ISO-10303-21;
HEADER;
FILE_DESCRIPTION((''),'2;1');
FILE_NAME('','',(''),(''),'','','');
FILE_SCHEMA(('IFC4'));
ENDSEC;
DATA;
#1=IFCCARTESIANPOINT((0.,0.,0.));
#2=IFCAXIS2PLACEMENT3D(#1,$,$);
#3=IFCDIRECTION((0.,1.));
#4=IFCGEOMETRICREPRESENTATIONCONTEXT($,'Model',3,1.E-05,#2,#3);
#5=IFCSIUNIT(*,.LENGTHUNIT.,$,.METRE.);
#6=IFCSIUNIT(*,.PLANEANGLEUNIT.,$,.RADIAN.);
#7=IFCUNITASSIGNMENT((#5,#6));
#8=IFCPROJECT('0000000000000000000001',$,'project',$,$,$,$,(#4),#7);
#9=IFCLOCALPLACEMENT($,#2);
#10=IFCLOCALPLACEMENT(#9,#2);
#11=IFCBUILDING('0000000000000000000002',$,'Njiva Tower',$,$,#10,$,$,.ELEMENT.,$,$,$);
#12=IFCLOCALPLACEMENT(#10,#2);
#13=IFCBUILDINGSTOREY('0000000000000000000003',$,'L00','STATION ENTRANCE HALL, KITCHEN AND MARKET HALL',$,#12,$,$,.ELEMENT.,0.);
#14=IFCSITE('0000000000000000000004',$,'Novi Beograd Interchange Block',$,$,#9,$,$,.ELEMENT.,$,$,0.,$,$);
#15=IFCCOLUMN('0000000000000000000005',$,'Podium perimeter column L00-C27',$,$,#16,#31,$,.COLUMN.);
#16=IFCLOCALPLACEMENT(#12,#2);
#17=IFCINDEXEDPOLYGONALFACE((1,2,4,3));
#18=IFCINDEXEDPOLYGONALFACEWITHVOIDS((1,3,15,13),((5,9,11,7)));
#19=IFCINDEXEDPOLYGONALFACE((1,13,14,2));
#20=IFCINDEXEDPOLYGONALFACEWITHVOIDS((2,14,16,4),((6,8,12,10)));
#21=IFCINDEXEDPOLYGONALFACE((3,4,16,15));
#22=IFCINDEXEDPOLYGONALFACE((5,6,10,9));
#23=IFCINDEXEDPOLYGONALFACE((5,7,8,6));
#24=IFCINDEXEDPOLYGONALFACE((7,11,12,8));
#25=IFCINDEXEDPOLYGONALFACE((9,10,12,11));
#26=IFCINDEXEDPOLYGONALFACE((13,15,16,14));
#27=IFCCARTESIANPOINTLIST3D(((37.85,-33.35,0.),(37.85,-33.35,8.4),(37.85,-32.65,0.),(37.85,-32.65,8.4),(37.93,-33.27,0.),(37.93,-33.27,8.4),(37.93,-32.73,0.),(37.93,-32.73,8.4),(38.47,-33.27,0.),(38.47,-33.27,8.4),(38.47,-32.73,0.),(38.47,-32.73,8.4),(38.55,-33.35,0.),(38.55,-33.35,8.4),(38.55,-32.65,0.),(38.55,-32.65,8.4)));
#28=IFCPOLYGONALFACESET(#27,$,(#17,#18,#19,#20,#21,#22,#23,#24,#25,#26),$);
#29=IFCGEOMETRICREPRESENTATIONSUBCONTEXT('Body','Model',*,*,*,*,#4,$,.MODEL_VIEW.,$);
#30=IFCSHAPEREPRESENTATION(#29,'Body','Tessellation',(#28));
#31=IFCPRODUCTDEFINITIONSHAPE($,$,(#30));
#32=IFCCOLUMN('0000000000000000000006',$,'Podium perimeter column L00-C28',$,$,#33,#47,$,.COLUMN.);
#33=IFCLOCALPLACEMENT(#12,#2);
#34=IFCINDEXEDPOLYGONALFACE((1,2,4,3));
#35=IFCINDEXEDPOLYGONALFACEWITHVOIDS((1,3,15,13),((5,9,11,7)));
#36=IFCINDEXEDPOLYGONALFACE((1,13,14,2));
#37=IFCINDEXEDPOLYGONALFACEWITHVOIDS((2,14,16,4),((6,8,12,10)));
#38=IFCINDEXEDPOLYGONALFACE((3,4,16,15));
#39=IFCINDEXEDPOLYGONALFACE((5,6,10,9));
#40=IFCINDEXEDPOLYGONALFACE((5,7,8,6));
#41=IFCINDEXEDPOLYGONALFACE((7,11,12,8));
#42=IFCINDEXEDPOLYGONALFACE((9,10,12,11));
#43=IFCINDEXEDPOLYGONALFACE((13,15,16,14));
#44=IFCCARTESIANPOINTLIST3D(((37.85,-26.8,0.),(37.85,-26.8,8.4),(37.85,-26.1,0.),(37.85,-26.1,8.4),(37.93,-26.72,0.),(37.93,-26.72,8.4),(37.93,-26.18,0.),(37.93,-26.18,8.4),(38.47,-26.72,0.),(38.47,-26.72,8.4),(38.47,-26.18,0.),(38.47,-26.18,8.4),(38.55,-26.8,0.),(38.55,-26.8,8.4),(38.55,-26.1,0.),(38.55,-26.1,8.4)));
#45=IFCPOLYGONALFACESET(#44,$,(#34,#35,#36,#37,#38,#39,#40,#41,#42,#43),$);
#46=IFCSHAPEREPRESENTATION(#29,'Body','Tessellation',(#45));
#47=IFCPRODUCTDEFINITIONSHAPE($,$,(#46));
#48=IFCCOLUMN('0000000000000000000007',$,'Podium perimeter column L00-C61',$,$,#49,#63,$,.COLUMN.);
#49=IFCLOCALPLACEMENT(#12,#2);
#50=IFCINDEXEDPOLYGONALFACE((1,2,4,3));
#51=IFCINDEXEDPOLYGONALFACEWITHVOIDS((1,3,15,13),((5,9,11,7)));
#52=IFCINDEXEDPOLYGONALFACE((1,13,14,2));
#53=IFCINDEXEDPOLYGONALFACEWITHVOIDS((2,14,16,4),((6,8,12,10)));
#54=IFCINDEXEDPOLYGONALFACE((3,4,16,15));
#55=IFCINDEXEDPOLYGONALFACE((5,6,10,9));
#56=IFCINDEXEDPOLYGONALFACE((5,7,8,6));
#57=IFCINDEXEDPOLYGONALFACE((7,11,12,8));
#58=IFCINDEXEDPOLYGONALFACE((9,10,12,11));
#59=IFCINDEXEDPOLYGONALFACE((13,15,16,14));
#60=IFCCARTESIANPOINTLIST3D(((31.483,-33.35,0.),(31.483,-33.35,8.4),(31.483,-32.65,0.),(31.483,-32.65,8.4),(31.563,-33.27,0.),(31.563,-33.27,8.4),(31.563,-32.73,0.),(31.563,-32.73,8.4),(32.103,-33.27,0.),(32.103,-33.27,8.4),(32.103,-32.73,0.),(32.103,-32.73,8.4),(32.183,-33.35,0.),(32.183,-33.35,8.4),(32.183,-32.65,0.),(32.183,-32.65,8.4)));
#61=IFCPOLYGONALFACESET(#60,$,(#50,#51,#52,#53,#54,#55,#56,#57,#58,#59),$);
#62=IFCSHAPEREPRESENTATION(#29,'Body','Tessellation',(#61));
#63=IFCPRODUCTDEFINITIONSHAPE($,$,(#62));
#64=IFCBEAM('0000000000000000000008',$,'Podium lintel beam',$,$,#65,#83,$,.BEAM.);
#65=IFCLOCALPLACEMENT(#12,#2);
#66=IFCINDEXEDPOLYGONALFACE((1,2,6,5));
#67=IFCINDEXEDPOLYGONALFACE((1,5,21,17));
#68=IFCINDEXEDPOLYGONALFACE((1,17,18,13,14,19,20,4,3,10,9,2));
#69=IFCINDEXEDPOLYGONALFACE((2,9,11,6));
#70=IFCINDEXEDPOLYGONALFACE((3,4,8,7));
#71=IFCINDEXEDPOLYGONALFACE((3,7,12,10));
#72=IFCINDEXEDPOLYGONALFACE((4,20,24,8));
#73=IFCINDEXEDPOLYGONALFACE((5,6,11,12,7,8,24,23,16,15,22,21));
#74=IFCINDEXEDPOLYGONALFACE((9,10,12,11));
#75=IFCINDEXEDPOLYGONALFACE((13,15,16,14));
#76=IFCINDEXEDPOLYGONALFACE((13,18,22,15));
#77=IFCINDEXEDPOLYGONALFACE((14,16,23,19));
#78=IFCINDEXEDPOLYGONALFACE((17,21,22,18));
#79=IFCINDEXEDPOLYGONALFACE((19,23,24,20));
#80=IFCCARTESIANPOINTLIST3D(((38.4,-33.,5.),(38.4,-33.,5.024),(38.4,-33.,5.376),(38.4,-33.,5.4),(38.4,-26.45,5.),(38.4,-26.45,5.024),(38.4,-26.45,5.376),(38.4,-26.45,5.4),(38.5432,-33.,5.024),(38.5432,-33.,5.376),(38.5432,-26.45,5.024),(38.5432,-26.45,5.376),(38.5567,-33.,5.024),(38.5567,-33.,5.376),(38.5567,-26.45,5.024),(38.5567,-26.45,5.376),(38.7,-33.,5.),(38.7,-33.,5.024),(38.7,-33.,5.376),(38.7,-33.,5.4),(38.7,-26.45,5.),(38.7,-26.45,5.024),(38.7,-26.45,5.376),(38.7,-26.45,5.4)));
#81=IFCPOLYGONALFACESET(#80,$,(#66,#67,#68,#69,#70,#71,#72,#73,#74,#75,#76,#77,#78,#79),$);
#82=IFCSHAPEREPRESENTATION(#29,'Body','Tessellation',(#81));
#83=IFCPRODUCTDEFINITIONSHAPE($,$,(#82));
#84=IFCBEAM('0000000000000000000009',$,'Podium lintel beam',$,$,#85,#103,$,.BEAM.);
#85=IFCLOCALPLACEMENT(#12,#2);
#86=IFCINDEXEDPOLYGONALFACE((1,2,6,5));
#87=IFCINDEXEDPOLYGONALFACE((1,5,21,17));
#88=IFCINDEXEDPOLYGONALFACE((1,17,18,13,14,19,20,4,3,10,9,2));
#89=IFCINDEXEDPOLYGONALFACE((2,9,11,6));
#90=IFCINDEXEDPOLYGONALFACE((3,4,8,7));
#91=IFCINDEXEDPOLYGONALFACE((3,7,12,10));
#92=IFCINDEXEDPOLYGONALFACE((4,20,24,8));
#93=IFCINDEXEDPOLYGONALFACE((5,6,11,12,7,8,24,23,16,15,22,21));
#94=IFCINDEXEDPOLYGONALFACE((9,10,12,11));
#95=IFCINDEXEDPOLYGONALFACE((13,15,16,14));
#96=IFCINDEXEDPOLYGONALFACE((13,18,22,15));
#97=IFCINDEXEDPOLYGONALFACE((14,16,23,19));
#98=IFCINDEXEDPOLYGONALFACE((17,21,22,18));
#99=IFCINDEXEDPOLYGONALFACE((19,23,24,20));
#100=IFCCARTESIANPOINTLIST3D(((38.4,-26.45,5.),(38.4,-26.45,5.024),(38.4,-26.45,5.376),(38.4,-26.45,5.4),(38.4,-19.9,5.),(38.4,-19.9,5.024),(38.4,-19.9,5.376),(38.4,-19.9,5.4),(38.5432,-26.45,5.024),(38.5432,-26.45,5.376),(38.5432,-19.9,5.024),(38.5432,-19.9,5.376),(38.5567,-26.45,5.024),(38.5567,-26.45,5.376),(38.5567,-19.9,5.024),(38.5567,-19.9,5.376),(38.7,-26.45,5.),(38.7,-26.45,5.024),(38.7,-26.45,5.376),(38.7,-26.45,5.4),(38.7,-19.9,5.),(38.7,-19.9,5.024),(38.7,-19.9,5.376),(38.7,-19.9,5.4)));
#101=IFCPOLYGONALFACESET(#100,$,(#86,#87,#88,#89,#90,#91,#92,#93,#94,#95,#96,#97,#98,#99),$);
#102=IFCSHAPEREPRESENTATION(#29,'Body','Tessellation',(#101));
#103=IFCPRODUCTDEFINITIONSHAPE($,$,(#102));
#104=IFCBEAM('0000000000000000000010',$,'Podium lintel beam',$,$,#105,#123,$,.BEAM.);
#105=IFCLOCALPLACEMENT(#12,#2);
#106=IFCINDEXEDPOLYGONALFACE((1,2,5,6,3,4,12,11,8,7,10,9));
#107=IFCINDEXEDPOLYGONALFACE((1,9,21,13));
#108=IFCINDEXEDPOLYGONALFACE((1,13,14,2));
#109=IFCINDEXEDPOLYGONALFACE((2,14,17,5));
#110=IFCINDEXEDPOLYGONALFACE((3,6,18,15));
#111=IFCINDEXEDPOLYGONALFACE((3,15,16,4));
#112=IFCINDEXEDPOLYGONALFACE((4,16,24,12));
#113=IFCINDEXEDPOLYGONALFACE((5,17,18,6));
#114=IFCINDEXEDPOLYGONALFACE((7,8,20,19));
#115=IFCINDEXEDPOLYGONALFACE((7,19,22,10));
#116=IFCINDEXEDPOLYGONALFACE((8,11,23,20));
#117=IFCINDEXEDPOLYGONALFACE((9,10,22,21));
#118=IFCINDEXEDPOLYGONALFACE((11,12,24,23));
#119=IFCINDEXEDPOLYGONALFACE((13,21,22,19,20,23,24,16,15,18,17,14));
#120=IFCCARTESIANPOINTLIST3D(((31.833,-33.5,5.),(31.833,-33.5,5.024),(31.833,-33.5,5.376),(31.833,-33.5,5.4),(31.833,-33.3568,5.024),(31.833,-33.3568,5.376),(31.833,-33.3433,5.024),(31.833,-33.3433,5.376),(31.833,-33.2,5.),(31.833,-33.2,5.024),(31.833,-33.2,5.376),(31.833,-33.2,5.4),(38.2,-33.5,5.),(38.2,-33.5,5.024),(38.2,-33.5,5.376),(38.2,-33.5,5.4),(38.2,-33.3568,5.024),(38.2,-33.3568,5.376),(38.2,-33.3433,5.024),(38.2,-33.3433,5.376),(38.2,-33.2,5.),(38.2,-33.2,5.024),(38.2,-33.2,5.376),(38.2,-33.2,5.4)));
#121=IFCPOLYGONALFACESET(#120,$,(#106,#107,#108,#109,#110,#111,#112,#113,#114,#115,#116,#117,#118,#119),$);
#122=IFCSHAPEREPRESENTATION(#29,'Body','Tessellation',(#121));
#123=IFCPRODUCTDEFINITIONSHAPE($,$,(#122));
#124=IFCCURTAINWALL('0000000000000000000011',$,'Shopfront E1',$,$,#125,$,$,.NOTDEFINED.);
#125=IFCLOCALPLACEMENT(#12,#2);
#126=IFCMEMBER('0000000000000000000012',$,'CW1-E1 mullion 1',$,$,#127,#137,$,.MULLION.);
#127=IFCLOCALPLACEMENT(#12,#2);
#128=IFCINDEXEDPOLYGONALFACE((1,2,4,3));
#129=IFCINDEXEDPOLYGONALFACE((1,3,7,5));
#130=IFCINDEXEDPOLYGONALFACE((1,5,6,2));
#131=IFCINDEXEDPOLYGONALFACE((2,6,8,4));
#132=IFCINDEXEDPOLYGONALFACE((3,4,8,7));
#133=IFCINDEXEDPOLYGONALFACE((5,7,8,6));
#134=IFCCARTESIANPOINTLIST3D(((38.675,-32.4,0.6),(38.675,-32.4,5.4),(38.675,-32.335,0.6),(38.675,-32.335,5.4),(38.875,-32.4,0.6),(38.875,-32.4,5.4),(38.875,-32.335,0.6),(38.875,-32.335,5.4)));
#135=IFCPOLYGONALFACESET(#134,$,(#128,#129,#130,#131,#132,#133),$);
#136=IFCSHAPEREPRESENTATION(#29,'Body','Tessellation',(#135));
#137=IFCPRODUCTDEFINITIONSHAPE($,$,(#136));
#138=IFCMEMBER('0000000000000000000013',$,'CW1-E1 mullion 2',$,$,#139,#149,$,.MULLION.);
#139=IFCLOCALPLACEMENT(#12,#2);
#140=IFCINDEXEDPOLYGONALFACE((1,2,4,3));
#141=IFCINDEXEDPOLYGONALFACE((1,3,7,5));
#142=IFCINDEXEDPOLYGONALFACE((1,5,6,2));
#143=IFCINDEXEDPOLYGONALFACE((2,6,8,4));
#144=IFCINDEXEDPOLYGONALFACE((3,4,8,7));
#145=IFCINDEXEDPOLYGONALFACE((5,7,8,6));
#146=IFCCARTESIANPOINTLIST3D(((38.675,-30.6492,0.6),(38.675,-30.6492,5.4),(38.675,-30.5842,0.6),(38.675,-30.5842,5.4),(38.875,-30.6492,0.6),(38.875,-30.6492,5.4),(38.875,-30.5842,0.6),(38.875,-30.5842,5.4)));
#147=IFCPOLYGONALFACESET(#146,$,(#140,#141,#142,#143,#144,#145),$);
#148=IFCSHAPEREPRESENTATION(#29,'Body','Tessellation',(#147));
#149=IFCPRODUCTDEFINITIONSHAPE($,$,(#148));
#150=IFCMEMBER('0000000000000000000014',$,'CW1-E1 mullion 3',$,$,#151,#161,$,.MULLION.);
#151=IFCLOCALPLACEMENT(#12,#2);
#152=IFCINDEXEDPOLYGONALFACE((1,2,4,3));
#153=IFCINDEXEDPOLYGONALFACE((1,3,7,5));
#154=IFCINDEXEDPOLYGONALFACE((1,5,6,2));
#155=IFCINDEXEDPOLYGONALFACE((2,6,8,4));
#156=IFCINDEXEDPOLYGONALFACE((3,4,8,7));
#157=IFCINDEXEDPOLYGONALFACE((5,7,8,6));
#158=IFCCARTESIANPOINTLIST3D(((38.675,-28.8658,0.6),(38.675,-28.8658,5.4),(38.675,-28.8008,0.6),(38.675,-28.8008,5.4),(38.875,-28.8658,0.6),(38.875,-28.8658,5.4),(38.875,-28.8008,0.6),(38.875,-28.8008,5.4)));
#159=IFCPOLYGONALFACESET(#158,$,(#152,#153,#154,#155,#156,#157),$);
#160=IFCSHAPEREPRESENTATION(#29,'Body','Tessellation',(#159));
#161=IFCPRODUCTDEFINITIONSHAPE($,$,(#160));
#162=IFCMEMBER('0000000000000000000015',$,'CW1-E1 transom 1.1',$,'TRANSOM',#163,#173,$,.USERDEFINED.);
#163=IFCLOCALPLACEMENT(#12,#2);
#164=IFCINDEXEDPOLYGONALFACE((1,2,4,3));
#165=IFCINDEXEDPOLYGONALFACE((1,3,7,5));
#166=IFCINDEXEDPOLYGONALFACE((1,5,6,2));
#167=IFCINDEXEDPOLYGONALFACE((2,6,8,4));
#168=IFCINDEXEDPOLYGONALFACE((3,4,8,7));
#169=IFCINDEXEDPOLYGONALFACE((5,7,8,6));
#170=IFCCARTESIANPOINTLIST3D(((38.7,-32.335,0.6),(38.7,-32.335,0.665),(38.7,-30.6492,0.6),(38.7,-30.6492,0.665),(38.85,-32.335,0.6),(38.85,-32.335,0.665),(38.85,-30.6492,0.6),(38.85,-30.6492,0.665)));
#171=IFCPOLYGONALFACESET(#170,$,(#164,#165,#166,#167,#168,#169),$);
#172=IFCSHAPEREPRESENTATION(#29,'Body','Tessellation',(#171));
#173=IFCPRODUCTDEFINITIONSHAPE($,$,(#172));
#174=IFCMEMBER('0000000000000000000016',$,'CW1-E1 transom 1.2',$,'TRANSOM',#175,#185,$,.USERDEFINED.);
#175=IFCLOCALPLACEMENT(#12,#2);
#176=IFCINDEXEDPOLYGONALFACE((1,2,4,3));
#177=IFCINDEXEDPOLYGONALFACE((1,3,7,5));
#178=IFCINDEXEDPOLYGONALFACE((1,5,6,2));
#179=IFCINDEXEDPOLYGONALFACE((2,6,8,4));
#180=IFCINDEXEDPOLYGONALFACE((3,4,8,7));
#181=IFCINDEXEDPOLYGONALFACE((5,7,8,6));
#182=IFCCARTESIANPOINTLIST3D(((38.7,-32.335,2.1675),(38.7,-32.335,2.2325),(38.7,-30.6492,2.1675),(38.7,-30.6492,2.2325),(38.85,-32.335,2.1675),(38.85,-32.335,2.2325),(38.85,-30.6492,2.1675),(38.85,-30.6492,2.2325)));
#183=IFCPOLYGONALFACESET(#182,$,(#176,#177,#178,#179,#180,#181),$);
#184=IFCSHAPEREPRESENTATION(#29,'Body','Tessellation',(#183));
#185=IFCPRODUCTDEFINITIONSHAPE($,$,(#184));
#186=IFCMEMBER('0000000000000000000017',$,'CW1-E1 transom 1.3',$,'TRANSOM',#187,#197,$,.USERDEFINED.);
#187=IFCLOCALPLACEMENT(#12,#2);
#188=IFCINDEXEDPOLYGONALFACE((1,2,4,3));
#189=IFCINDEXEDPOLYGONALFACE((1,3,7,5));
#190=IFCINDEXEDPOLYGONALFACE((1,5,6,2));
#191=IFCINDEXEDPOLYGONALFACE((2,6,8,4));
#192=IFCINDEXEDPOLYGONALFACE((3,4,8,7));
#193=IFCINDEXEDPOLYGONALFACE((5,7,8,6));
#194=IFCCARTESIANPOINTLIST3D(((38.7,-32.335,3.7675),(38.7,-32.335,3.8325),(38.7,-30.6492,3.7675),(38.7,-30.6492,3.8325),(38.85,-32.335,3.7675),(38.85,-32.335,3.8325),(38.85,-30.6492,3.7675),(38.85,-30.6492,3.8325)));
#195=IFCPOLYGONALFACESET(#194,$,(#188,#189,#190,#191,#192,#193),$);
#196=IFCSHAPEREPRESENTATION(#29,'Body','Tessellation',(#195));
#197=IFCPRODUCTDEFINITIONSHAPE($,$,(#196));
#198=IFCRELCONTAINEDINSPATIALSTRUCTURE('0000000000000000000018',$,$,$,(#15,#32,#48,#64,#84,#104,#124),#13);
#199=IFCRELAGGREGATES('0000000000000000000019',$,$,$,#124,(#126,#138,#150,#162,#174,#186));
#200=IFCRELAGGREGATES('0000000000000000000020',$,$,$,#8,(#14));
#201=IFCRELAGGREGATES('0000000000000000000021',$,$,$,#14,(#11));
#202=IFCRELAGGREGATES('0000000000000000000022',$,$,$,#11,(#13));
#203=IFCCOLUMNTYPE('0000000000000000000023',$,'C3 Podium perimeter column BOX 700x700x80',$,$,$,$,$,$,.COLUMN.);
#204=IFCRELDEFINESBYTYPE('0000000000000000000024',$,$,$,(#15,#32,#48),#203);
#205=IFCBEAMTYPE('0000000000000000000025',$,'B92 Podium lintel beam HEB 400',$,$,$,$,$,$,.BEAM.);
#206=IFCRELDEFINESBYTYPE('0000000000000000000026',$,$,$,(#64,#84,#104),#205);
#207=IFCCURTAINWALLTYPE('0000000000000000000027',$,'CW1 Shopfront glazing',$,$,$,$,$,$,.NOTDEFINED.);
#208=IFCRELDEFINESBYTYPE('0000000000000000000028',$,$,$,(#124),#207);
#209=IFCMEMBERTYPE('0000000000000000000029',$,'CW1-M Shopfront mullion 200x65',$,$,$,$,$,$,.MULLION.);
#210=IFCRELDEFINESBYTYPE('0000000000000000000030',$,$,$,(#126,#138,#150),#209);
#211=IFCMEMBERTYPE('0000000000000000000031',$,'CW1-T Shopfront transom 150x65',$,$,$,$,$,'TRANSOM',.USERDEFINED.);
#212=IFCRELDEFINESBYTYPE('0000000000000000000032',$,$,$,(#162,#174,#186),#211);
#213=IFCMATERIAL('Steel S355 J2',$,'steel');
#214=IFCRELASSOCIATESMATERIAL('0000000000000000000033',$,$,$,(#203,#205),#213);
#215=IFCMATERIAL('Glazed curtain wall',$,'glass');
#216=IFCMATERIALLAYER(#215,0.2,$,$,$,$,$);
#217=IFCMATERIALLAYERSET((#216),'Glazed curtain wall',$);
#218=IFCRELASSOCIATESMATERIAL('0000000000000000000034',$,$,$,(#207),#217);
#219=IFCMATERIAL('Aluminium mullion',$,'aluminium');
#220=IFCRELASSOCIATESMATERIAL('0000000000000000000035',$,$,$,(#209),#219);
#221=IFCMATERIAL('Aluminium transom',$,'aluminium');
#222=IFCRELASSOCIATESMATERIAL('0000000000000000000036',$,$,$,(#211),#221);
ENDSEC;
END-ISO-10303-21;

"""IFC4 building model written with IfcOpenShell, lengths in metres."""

from ifc_helpers import new_model, si_unit, direction, frame, origin, origin_2d, place, context, subcontext, project, spatial, rectangle, hollow_rectangle, i_section, extrude, material, layer, layer_set, material_profile, profile_set, type_object, element, aggregate, save


model = new_model("IFC4")

# Units and contexts
model_context = context("Model", 3, precision=1e-05, world=origin(), true_north=direction((0.0, 1.0)))
body_context = subcontext(model_context, "Body", "Model", "MODEL_VIEW")
ifc_project = project(units=[si_unit("LENGTHUNIT", "METRE"), si_unit("PLANEANGLEUNIT", "RADIAN")], contexts=[model_context])

# Site, building, storey
site_placement = place(None, origin())
site = spatial("IfcSite", under=ifc_project, at=site_placement, Name="Novi Beograd Interchange Block", CompositionType="ELEMENT", RefElevation=0.0)
building_placement = place(site_placement, origin())
building = spatial("IfcBuilding", under=site, at=building_placement, Name="Njiva Tower", CompositionType="ELEMENT")
storey_placement = place(building_placement, origin())
storey = spatial("IfcBuildingStorey", under=building, at=storey_placement, Name="L00", Description="STATION ENTRANCE HALL, KITCHEN AND MARKET HALL", CompositionType="ELEMENT", Elevation=0.0)

# Columns
ifc_material_1 = material(Name="Steel S355 J2", Category="steel")
ifc_material_profile_1 = material_profile(ifc_material_1, hollow_rectangle(XDim=0.7, YDim=0.7, WallThickness=0.08, at=origin_2d()), Name="BOX 700x700x80")
ifc_profile_set_1 = profile_set([ifc_material_profile_1], Name="Steel S355 J2")
column_type = type_object("IfcColumnType", Name="C3 Podium perimeter column BOX 700x700x80", PredefinedType="COLUMN", material=ifc_profile_set_1)
for number, where, z_axis, x_axis, name in (
    (1, (38.2, -33.0, 0.0), (0.0, 0.0, 1.0), (0.0, 1.0, 0.0), "Podium perimeter column L00-C27"),
    (2, (38.2, -26.45, 0.0), (0.0, 0.0, 1.0), (0.0, 1.0, 0.0), "Podium perimeter column L00-C28"),
    (3, (31.833, -33.0, 0.0), (0.0, 0.0, 1.0), (1.0, 0.0, 0.0), "Podium perimeter column L00-C61"),
):
    element("IfcColumn", number, at=place(storey_placement, frame(where, z_axis=z_axis, x_axis=x_axis)), inside=storey, type_object=column_type, Name=name, PredefinedType="COLUMN", context=body_context, shape_type="SweptSolid", body=[
        extrude(hollow_rectangle(XDim=0.7, YDim=0.7, WallThickness=0.08, at=origin_2d()), origin(), (0.0, 0.0, 1.0), 8.4),
    ])

# Beams
ifc_material_profile_2 = material_profile(ifc_material_1, i_section(OverallWidth=0.3, OverallDepth=0.4, WebThickness=0.0135, FlangeThickness=0.024, at=origin_2d()), Name="HEB400")
ifc_profile_set_2 = profile_set([ifc_material_profile_2], Name="Steel S355 J2")
beam_type = type_object("IfcBeamType", Name="B92 Podium lintel beam HEB 400", PredefinedType="BEAM", material=ifc_profile_set_2)
for number, where, z_axis, x_axis, name in (
    (4, (38.55, -33.0, 5.2), (0.0, 1.0, 0.0), (-1.0, 0.0, 0.0), "Podium lintel beam"),
    (5, (38.55, -26.45, 5.2), (0.0, 1.0, 0.0), (-1.0, 0.0, 0.0), "Podium lintel beam"),
):
    element("IfcBeam", number, at=place(storey_placement, frame(where, z_axis=z_axis, x_axis=x_axis)), inside=storey, type_object=beam_type, Name=name, PredefinedType="BEAM", context=body_context, shape_type="SweptSolid", body=[
        extrude(i_section(OverallWidth=0.3, OverallDepth=0.4, WebThickness=0.0135, FlangeThickness=0.024, at=origin_2d()), origin(), (0.0, 0.0, 1.0), 6.55),
    ])
beam_placement = place(storey_placement, frame((31.833, -33.35, 5.2), z_axis=(1.0, 0.0, 0.0), x_axis=(0.0, 1.0, 0.0)))
element("IfcBeam", 6, at=beam_placement, inside=storey, type_object=beam_type, Name="Podium lintel beam", PredefinedType="BEAM", context=body_context, shape_type="SweptSolid", body=[
    extrude(i_section(OverallWidth=0.3, OverallDepth=0.4, WebThickness=0.0135, FlangeThickness=0.024, at=origin_2d()), origin(), (0.0, 0.0, 1.0), 6.367),
])

# Curtain wall, members
ifc_material_2 = material(Name="Glazed curtain wall", Category="glass")
ifc_layer_1 = layer(ifc_material_2, 0.2)
ifc_layer_set_1 = layer_set([ifc_layer_1], Name="Glazed curtain wall")
curtain_wall_type = type_object("IfcCurtainWallType", Name="CW1 Shopfront glazing", PredefinedType="NOTDEFINED", material=ifc_layer_set_1)
curtain_wall_placement = place(storey_placement, origin())
curtain_wall = element("IfcCurtainWall", 7, at=curtain_wall_placement, inside=storey, type_object=curtain_wall_type, Name="Shopfront E1", PredefinedType="NOTDEFINED")
ifc_material_3 = material(Name="Aluminium mullion", Category="aluminium")
ifc_material_profile_3 = material_profile(ifc_material_3, rectangle(XDim=0.2, YDim=0.065, at=origin_2d()), Name="RECT 200x65")
ifc_profile_set_3 = profile_set([ifc_material_profile_3], Name="Aluminium mullion")
member_type_1 = type_object("IfcMemberType", Name="CW1-M Shopfront mullion 200x65", PredefinedType="MULLION", material=ifc_profile_set_3)
member_1_placement = place(storey_placement, frame((38.775, -32.3675, 0.6), z_axis=(0.0, 0.0, 1.0), x_axis=(-1.0, 0.0, 0.0)))
member_1 = element("IfcMember", 8, at=member_1_placement, type_object=member_type_1, Name="CW1-E1 mullion 1", PredefinedType="MULLION", context=body_context, shape_type="SweptSolid", body=[
    extrude(rectangle(XDim=0.2, YDim=0.065, at=origin_2d()), origin(), (0.0, 0.0, 1.0), 4.8),
])
member_2_placement = place(storey_placement, frame((38.775, -30.6167, 0.6), z_axis=(0.0, 0.0, 1.0), x_axis=(-1.0, 0.0, 0.0)))
member_2 = element("IfcMember", 9, at=member_2_placement, type_object=member_type_1, Name="CW1-E1 mullion 2", PredefinedType="MULLION", context=body_context, shape_type="SweptSolid", body=[
    extrude(rectangle(XDim=0.2, YDim=0.065, at=origin_2d()), origin(), (0.0, 0.0, 1.0), 4.8),
])
member_3_placement = place(storey_placement, frame((38.775, -28.8333, 0.6), z_axis=(0.0, 0.0, 1.0), x_axis=(-1.0, 0.0, 0.0)))
member_3 = element("IfcMember", 10, at=member_3_placement, type_object=member_type_1, Name="CW1-E1 mullion 3", PredefinedType="MULLION", context=body_context, shape_type="SweptSolid", body=[
    extrude(rectangle(XDim=0.2, YDim=0.065, at=origin_2d()), origin(), (0.0, 0.0, 1.0), 4.8),
])
ifc_material_4 = material(Name="Aluminium transom", Category="aluminium")
ifc_material_profile_4 = material_profile(ifc_material_4, rectangle(XDim=0.15, YDim=0.065, at=origin_2d()), Name="RECT 150x65")
ifc_profile_set_4 = profile_set([ifc_material_profile_4], Name="Aluminium transom")
member_type_2 = type_object("IfcMemberType", Name="CW1-T Shopfront transom 150x65", ElementType="TRANSOM", PredefinedType="USERDEFINED", material=ifc_profile_set_4)
member_4_placement = place(storey_placement, frame((38.775, -32.335, 0.6325), z_axis=(0.0, 1.0, 0.0), x_axis=(-1.0, 0.0, 0.0)))
member_4 = element("IfcMember", 11, at=member_4_placement, type_object=member_type_2, Name="CW1-E1 transom 1.1", ObjectType="TRANSOM", PredefinedType="USERDEFINED", context=body_context, shape_type="SweptSolid", body=[
    extrude(rectangle(XDim=0.15, YDim=0.065, at=origin_2d()), origin(), (0.0, 0.0, 1.0), 1.6858),
])
member_5_placement = place(storey_placement, frame((38.775, -32.335, 2.2), z_axis=(0.0, 1.0, 0.0), x_axis=(-1.0, 0.0, 0.0)))
member_5 = element("IfcMember", 12, at=member_5_placement, type_object=member_type_2, Name="CW1-E1 transom 1.2", ObjectType="TRANSOM", PredefinedType="USERDEFINED", context=body_context, shape_type="SweptSolid", body=[
    extrude(rectangle(XDim=0.15, YDim=0.065, at=origin_2d()), origin(), (0.0, 0.0, 1.0), 1.6858),
])
member_6_placement = place(storey_placement, frame((38.775, -32.335, 3.8), z_axis=(0.0, 1.0, 0.0), x_axis=(-1.0, 0.0, 0.0)))
member_6 = element("IfcMember", 13, at=member_6_placement, type_object=member_type_2, Name="CW1-E1 transom 1.3", ObjectType="TRANSOM", PredefinedType="USERDEFINED", context=body_context, shape_type="SweptSolid", body=[
    extrude(rectangle(XDim=0.15, YDim=0.065, at=origin_2d()), origin(), (0.0, 0.0, 1.0), 1.6858),
])
aggregate(curtain_wall, [member_1, member_2, member_3, member_4, member_5, member_6])

save(model, "model.ifc")
